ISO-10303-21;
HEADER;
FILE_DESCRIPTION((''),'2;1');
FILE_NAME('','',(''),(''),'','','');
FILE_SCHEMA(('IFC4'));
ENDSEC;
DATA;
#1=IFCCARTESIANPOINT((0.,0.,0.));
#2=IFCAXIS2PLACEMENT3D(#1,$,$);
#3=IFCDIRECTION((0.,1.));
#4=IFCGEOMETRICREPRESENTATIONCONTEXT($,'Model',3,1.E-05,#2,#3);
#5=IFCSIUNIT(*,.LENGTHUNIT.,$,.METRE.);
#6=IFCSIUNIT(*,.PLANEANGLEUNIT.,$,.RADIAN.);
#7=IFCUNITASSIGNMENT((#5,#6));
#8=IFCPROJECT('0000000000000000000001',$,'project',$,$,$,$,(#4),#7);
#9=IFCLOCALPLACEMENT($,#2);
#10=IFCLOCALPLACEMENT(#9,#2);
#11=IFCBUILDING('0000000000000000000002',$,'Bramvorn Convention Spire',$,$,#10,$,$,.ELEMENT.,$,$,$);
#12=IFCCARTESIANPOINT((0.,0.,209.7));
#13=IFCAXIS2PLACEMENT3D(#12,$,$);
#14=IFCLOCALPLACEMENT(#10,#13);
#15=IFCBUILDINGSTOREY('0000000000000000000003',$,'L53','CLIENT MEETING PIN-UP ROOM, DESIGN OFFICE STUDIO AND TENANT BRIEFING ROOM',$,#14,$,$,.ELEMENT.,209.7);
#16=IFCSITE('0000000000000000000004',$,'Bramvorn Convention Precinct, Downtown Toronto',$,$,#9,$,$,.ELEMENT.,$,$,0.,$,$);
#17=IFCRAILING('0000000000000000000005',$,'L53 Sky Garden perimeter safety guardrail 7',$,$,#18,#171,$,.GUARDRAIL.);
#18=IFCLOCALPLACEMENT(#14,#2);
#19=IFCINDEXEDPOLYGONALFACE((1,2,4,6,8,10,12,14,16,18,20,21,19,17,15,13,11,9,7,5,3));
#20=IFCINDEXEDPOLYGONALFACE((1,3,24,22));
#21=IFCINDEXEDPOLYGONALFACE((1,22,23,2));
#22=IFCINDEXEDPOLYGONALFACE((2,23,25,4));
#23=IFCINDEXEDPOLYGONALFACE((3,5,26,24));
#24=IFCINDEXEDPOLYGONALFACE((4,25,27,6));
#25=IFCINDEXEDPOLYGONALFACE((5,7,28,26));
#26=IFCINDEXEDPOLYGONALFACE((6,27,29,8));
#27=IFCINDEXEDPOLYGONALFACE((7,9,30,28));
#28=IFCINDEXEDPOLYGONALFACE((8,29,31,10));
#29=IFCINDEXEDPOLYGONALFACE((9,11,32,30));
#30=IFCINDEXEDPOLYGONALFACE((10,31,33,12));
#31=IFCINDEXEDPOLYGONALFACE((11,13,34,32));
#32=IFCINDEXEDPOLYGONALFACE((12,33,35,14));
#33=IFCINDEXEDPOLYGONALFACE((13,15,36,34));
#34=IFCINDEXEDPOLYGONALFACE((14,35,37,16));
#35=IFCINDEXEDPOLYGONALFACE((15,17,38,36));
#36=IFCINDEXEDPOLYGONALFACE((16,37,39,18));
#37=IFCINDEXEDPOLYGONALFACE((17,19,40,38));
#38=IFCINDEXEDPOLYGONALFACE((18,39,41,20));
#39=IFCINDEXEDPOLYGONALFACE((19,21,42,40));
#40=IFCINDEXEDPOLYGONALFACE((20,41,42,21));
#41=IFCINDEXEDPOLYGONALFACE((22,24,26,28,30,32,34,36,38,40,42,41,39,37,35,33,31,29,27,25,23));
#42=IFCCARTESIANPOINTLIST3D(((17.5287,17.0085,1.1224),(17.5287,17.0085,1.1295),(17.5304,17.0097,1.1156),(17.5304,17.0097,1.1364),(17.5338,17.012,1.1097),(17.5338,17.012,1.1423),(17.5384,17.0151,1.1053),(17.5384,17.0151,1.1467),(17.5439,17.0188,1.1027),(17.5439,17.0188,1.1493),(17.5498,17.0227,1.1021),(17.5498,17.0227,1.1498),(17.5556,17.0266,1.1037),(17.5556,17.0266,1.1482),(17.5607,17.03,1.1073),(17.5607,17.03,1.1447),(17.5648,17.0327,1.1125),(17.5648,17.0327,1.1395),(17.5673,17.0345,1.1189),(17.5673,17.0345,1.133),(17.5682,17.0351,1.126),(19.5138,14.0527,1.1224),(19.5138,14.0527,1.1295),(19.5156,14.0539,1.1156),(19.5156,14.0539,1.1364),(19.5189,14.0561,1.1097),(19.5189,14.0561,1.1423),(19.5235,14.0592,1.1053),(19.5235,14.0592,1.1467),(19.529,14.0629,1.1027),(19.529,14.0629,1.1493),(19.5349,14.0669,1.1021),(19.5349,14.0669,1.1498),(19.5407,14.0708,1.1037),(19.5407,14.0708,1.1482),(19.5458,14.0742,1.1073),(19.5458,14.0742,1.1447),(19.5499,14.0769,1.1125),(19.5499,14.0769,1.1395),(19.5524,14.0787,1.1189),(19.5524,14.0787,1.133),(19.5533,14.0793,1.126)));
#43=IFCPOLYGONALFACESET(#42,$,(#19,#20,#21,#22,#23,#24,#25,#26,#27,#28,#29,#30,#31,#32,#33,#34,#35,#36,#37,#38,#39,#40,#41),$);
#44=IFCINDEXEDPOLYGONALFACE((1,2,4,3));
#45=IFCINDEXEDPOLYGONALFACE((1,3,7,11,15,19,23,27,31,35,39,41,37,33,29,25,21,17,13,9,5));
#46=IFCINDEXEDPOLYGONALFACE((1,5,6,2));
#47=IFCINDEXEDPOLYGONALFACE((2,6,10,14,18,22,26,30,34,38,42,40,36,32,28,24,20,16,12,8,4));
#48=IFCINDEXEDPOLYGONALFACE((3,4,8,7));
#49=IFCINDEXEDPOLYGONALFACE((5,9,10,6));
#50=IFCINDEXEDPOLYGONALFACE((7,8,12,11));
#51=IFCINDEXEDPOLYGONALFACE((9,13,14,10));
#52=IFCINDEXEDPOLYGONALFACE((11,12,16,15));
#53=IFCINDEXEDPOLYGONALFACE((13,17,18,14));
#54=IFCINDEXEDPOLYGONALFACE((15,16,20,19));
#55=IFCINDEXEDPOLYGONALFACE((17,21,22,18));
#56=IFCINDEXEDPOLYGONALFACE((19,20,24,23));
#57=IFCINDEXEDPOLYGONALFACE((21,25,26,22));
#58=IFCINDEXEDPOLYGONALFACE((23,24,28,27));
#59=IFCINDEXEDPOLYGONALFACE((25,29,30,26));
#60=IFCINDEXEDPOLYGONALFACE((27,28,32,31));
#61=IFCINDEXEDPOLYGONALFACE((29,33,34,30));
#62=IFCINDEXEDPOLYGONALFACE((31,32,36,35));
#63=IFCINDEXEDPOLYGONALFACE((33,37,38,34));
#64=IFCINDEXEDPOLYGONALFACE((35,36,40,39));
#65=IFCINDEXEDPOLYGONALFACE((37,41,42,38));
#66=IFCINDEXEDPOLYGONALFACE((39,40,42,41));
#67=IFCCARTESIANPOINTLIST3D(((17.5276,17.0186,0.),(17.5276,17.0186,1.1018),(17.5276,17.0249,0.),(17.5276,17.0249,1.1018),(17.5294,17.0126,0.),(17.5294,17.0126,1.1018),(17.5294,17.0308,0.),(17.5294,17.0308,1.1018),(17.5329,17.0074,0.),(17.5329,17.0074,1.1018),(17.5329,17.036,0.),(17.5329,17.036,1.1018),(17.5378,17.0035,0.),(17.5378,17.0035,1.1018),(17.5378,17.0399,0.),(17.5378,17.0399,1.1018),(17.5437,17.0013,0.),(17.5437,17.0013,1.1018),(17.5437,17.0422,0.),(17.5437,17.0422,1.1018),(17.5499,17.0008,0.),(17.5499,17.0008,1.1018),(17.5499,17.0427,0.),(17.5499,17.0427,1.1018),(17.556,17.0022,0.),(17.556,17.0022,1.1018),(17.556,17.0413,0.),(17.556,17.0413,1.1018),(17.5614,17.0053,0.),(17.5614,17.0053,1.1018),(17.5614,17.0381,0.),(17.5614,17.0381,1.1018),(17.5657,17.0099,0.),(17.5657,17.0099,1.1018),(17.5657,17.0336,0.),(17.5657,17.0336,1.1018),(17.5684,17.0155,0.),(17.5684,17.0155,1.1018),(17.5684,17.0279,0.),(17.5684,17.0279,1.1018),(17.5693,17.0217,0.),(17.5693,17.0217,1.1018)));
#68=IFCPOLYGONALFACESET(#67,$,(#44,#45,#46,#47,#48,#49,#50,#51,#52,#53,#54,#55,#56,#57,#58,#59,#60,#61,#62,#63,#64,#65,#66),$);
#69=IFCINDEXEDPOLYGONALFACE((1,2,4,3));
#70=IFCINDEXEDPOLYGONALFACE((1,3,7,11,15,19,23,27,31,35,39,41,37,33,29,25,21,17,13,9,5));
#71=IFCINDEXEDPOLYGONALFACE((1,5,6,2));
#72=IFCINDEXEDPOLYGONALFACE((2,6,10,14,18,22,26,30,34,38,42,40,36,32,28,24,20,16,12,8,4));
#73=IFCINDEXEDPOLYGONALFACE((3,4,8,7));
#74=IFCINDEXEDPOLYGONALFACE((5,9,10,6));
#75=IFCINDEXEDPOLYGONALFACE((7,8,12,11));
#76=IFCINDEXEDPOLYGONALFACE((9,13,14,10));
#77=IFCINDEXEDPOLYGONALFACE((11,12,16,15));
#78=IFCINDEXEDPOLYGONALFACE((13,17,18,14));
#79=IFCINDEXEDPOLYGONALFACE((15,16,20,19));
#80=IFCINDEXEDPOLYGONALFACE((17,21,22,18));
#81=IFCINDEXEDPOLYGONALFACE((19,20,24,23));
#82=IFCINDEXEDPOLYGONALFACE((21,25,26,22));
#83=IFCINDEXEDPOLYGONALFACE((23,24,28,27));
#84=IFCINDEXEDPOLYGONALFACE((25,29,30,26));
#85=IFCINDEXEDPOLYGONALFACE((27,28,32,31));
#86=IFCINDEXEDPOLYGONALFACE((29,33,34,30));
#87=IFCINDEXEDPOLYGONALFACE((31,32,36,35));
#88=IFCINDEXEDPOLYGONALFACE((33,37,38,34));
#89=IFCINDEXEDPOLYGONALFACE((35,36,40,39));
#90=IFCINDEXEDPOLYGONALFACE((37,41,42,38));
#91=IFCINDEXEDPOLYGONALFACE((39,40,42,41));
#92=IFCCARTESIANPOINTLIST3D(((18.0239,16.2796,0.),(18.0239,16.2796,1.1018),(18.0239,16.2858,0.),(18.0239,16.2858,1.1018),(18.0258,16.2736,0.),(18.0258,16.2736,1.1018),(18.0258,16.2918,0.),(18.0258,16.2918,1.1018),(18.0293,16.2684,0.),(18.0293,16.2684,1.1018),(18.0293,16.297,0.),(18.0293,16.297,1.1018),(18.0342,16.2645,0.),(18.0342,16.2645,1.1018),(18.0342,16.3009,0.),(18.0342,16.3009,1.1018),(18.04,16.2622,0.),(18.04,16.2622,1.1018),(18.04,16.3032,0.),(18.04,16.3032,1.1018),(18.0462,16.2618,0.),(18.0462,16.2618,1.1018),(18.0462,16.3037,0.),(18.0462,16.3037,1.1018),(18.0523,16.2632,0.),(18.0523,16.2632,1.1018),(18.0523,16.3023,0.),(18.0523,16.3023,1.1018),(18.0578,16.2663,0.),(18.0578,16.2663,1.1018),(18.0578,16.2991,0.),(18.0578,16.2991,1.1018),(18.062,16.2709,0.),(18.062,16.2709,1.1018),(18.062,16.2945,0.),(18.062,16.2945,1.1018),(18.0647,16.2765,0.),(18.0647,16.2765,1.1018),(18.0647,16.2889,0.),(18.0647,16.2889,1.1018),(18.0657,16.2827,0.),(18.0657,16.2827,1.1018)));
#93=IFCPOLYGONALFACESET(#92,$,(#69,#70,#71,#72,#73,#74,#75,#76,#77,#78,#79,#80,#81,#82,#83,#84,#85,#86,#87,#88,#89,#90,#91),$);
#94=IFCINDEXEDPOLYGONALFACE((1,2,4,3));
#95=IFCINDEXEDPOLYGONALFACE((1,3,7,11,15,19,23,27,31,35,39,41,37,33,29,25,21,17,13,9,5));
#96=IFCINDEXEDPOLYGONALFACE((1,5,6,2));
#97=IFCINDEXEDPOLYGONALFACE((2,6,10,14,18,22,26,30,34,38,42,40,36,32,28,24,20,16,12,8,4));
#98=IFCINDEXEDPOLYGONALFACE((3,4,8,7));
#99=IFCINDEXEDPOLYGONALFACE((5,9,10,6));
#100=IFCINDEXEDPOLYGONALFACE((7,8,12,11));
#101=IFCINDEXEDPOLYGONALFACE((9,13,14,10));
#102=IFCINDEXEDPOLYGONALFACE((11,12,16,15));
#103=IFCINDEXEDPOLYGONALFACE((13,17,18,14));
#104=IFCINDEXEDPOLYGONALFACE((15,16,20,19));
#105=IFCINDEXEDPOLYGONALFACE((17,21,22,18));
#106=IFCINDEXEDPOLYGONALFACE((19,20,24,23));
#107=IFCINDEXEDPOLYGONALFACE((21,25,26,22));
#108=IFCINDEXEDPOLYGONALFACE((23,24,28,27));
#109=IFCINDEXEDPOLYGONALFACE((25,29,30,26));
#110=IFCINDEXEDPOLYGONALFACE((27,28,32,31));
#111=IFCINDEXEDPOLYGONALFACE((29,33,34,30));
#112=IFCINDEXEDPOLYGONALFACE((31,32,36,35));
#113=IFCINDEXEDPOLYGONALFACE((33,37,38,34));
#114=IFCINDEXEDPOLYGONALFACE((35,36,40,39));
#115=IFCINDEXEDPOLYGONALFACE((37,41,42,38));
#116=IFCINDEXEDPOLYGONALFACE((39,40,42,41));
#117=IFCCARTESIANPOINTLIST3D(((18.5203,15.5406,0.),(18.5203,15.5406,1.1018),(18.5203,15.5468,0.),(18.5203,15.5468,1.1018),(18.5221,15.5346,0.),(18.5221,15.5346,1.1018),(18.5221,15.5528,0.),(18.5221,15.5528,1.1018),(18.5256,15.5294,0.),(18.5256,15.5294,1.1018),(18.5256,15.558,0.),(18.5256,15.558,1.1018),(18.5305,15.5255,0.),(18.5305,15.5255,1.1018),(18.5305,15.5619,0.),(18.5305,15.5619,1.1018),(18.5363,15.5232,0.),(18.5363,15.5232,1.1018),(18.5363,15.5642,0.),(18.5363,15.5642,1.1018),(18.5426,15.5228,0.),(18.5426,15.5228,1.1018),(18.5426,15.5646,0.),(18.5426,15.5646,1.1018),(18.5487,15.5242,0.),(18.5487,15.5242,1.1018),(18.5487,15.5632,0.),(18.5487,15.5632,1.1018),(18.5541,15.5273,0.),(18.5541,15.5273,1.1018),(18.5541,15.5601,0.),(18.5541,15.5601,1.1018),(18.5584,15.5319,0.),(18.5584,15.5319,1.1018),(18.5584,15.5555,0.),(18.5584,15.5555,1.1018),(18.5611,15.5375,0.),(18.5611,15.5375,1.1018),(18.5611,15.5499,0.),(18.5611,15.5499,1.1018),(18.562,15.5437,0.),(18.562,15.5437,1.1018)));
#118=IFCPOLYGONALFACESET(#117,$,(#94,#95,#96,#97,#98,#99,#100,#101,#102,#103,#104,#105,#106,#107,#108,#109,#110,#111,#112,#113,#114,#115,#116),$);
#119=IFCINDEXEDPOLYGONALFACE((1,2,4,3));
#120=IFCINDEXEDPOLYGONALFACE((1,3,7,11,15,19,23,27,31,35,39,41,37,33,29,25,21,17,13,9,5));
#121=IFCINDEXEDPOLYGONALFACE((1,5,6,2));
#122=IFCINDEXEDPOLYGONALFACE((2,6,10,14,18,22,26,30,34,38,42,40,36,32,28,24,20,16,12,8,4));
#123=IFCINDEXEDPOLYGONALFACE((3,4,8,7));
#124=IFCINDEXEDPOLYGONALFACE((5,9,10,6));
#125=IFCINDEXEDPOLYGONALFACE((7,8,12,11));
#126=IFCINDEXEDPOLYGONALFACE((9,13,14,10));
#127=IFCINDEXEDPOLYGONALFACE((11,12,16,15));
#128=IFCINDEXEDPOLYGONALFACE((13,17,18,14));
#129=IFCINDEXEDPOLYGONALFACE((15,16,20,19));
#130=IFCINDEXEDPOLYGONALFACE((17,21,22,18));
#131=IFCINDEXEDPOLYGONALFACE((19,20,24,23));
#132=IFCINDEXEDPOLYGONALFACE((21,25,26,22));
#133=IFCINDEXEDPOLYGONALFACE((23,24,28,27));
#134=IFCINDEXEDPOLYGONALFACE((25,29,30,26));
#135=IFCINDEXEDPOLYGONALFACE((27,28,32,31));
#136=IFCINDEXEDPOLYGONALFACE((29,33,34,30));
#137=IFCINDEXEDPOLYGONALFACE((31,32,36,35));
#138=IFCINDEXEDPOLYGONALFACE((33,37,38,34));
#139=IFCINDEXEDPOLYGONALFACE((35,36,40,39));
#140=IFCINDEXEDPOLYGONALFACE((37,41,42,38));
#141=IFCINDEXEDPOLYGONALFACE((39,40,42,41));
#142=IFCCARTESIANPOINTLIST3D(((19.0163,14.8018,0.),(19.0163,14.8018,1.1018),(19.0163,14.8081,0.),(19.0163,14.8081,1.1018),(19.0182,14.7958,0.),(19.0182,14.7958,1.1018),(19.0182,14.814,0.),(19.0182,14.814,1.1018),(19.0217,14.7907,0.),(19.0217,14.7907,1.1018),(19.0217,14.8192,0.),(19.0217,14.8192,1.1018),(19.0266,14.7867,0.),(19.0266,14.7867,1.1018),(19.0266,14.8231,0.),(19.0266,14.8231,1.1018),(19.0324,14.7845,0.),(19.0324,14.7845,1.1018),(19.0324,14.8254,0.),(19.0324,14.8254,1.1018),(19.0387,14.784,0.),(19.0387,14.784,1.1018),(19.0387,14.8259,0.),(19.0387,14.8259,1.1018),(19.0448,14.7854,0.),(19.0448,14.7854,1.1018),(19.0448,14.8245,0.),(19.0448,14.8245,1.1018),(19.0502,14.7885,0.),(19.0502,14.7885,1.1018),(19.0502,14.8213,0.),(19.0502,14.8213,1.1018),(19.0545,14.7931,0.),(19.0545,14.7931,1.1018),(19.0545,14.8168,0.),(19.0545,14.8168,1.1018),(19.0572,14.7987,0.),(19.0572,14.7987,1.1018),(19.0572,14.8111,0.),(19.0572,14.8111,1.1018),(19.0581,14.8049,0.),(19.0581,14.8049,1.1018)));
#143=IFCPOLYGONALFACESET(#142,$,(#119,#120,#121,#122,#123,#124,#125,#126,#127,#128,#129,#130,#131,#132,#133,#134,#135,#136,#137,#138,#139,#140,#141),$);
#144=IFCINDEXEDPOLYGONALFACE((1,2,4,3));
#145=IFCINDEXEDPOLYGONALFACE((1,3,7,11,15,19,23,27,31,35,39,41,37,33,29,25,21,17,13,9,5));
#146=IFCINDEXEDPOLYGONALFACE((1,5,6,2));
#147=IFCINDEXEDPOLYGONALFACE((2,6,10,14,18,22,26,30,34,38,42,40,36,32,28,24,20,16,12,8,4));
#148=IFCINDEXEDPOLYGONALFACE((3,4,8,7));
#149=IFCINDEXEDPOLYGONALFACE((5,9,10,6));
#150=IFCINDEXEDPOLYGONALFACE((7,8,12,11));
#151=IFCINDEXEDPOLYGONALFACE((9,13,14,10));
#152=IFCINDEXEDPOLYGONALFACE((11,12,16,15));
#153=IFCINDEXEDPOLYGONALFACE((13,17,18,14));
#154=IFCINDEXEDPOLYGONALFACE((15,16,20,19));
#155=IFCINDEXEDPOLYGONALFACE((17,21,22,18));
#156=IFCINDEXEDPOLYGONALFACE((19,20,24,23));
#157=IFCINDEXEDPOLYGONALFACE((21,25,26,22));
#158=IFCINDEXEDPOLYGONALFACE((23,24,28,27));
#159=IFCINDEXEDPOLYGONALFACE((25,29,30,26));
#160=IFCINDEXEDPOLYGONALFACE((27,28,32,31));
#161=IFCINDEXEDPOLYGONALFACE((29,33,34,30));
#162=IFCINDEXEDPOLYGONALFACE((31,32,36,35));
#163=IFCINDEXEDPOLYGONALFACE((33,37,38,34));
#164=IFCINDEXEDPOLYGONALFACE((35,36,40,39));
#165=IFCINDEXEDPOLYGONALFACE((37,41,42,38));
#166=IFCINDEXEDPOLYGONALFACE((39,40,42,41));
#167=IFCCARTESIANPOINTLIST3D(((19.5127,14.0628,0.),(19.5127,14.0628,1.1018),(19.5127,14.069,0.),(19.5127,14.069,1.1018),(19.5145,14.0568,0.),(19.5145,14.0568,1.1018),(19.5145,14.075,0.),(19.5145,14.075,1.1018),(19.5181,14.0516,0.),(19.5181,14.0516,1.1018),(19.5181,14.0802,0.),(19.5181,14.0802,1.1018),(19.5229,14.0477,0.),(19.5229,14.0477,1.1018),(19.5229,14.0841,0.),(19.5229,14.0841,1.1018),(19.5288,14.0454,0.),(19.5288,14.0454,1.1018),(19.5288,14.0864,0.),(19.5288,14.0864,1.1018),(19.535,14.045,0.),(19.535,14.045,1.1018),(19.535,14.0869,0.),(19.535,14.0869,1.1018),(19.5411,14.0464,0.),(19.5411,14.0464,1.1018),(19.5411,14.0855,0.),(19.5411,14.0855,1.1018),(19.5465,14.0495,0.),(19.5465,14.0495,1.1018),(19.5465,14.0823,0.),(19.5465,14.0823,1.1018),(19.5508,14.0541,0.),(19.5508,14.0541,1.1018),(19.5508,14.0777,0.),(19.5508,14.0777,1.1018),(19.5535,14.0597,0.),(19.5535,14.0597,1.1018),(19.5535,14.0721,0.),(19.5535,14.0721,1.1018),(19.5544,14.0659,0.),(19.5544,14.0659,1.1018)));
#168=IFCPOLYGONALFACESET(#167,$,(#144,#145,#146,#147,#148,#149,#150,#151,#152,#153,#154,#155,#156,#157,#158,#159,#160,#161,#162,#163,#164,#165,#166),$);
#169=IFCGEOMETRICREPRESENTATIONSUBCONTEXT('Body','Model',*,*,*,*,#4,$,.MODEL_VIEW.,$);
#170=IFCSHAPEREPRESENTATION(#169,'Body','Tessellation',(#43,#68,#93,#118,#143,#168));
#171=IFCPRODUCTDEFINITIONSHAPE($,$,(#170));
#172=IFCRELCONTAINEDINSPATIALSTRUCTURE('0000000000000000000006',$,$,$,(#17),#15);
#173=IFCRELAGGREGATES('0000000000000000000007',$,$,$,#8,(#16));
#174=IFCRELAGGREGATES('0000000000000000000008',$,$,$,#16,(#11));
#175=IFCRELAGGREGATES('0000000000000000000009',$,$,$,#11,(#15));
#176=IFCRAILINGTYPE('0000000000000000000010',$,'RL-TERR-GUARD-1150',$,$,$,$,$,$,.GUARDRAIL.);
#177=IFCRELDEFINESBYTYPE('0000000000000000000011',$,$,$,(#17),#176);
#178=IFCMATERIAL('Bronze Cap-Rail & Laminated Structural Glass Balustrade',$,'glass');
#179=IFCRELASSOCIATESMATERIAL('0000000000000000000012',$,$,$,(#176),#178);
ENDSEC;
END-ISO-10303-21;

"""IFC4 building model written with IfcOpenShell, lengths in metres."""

from ifc_helpers import new_model, si_unit, direction, frame, origin, origin_2d, place, context, subcontext, project, spatial, circle, extrude, material, type_object, element, save


model = new_model("IFC4")

# Units and contexts
model_context = context("Model", 3, precision=1e-05, world=origin(), true_north=direction((0.0, 1.0)))
body_context = subcontext(model_context, "Body", "Model", "MODEL_VIEW")
ifc_project = project(units=[si_unit("LENGTHUNIT", "METRE"), si_unit("PLANEANGLEUNIT", "RADIAN")], contexts=[model_context])

# Site, building, storey
site_placement = place(None, origin())
site = spatial("IfcSite", under=ifc_project, at=site_placement, Name="Bramvorn Convention Precinct, Downtown Toronto", CompositionType="ELEMENT", RefElevation=0.0)
building_placement = place(site_placement, origin())
building = spatial("IfcBuilding", under=site, at=building_placement, Name="Bramvorn Convention Spire", CompositionType="ELEMENT")
storey_placement = place(building_placement, frame((0.0, 0.0, 209.7)))
storey = spatial("IfcBuildingStorey", under=building, at=storey_placement, Name="L53", Description="CLIENT MEETING PIN-UP ROOM, DESIGN OFFICE STUDIO AND TENANT BRIEFING ROOM", CompositionType="ELEMENT", Elevation=209.7)

# Railing
ifc_material_1 = material(Name="Bronze Cap-Rail & Laminated Structural Glass Balustrade", Category="glass")
railing_type = type_object("IfcRailingType", Name="RL-TERR-GUARD-1150", PredefinedType="GUARDRAIL", material=ifc_material_1)
railing_1_placement = place(storey_placement, frame((17.5483, 17.0217, 0.0)))
element("IfcRailing", 1, at=railing_1_placement, inside=storey, type_object=railing_type, Name="L53 Sky Garden perimeter safety guardrail 7", PredefinedType="GUARDRAIL", context=body_context, shape_type="SweptSolid", body=[
    extrude(circle(Radius=0.0239, at=origin_2d()), frame((0.0, 0.0, 1.126), z_axis=(0.557529, -0.830157, 0.0), x_axis=(0.830157, 0.557529, 0.0)), (0.0, 0.0, 1.0), 3.5605),
    extrude(circle(Radius=0.021, at=origin_2d()), origin(), (0.0, 0.0, 1.0), 1.1018),
    extrude(circle(Radius=0.021, at=origin_2d()), frame((0.4963, -0.739, 0.0)), (0.0, 0.0, 1.0), 1.1018),
    extrude(circle(Radius=0.021, at=origin_2d()), frame((0.9927, -1.478, 0.0)), (0.0, 0.0, 1.0), 1.1018),
    extrude(circle(Radius=0.021, at=origin_2d()), frame((1.4888, -2.2168, 0.0)), (0.0, 0.0, 1.0), 1.1018),
    extrude(circle(Radius=0.021, at=origin_2d()), frame((1.9851, -2.9558, 0.0)), (0.0, 0.0, 1.0), 1.1018),
])

save(model, "model.ifc")
